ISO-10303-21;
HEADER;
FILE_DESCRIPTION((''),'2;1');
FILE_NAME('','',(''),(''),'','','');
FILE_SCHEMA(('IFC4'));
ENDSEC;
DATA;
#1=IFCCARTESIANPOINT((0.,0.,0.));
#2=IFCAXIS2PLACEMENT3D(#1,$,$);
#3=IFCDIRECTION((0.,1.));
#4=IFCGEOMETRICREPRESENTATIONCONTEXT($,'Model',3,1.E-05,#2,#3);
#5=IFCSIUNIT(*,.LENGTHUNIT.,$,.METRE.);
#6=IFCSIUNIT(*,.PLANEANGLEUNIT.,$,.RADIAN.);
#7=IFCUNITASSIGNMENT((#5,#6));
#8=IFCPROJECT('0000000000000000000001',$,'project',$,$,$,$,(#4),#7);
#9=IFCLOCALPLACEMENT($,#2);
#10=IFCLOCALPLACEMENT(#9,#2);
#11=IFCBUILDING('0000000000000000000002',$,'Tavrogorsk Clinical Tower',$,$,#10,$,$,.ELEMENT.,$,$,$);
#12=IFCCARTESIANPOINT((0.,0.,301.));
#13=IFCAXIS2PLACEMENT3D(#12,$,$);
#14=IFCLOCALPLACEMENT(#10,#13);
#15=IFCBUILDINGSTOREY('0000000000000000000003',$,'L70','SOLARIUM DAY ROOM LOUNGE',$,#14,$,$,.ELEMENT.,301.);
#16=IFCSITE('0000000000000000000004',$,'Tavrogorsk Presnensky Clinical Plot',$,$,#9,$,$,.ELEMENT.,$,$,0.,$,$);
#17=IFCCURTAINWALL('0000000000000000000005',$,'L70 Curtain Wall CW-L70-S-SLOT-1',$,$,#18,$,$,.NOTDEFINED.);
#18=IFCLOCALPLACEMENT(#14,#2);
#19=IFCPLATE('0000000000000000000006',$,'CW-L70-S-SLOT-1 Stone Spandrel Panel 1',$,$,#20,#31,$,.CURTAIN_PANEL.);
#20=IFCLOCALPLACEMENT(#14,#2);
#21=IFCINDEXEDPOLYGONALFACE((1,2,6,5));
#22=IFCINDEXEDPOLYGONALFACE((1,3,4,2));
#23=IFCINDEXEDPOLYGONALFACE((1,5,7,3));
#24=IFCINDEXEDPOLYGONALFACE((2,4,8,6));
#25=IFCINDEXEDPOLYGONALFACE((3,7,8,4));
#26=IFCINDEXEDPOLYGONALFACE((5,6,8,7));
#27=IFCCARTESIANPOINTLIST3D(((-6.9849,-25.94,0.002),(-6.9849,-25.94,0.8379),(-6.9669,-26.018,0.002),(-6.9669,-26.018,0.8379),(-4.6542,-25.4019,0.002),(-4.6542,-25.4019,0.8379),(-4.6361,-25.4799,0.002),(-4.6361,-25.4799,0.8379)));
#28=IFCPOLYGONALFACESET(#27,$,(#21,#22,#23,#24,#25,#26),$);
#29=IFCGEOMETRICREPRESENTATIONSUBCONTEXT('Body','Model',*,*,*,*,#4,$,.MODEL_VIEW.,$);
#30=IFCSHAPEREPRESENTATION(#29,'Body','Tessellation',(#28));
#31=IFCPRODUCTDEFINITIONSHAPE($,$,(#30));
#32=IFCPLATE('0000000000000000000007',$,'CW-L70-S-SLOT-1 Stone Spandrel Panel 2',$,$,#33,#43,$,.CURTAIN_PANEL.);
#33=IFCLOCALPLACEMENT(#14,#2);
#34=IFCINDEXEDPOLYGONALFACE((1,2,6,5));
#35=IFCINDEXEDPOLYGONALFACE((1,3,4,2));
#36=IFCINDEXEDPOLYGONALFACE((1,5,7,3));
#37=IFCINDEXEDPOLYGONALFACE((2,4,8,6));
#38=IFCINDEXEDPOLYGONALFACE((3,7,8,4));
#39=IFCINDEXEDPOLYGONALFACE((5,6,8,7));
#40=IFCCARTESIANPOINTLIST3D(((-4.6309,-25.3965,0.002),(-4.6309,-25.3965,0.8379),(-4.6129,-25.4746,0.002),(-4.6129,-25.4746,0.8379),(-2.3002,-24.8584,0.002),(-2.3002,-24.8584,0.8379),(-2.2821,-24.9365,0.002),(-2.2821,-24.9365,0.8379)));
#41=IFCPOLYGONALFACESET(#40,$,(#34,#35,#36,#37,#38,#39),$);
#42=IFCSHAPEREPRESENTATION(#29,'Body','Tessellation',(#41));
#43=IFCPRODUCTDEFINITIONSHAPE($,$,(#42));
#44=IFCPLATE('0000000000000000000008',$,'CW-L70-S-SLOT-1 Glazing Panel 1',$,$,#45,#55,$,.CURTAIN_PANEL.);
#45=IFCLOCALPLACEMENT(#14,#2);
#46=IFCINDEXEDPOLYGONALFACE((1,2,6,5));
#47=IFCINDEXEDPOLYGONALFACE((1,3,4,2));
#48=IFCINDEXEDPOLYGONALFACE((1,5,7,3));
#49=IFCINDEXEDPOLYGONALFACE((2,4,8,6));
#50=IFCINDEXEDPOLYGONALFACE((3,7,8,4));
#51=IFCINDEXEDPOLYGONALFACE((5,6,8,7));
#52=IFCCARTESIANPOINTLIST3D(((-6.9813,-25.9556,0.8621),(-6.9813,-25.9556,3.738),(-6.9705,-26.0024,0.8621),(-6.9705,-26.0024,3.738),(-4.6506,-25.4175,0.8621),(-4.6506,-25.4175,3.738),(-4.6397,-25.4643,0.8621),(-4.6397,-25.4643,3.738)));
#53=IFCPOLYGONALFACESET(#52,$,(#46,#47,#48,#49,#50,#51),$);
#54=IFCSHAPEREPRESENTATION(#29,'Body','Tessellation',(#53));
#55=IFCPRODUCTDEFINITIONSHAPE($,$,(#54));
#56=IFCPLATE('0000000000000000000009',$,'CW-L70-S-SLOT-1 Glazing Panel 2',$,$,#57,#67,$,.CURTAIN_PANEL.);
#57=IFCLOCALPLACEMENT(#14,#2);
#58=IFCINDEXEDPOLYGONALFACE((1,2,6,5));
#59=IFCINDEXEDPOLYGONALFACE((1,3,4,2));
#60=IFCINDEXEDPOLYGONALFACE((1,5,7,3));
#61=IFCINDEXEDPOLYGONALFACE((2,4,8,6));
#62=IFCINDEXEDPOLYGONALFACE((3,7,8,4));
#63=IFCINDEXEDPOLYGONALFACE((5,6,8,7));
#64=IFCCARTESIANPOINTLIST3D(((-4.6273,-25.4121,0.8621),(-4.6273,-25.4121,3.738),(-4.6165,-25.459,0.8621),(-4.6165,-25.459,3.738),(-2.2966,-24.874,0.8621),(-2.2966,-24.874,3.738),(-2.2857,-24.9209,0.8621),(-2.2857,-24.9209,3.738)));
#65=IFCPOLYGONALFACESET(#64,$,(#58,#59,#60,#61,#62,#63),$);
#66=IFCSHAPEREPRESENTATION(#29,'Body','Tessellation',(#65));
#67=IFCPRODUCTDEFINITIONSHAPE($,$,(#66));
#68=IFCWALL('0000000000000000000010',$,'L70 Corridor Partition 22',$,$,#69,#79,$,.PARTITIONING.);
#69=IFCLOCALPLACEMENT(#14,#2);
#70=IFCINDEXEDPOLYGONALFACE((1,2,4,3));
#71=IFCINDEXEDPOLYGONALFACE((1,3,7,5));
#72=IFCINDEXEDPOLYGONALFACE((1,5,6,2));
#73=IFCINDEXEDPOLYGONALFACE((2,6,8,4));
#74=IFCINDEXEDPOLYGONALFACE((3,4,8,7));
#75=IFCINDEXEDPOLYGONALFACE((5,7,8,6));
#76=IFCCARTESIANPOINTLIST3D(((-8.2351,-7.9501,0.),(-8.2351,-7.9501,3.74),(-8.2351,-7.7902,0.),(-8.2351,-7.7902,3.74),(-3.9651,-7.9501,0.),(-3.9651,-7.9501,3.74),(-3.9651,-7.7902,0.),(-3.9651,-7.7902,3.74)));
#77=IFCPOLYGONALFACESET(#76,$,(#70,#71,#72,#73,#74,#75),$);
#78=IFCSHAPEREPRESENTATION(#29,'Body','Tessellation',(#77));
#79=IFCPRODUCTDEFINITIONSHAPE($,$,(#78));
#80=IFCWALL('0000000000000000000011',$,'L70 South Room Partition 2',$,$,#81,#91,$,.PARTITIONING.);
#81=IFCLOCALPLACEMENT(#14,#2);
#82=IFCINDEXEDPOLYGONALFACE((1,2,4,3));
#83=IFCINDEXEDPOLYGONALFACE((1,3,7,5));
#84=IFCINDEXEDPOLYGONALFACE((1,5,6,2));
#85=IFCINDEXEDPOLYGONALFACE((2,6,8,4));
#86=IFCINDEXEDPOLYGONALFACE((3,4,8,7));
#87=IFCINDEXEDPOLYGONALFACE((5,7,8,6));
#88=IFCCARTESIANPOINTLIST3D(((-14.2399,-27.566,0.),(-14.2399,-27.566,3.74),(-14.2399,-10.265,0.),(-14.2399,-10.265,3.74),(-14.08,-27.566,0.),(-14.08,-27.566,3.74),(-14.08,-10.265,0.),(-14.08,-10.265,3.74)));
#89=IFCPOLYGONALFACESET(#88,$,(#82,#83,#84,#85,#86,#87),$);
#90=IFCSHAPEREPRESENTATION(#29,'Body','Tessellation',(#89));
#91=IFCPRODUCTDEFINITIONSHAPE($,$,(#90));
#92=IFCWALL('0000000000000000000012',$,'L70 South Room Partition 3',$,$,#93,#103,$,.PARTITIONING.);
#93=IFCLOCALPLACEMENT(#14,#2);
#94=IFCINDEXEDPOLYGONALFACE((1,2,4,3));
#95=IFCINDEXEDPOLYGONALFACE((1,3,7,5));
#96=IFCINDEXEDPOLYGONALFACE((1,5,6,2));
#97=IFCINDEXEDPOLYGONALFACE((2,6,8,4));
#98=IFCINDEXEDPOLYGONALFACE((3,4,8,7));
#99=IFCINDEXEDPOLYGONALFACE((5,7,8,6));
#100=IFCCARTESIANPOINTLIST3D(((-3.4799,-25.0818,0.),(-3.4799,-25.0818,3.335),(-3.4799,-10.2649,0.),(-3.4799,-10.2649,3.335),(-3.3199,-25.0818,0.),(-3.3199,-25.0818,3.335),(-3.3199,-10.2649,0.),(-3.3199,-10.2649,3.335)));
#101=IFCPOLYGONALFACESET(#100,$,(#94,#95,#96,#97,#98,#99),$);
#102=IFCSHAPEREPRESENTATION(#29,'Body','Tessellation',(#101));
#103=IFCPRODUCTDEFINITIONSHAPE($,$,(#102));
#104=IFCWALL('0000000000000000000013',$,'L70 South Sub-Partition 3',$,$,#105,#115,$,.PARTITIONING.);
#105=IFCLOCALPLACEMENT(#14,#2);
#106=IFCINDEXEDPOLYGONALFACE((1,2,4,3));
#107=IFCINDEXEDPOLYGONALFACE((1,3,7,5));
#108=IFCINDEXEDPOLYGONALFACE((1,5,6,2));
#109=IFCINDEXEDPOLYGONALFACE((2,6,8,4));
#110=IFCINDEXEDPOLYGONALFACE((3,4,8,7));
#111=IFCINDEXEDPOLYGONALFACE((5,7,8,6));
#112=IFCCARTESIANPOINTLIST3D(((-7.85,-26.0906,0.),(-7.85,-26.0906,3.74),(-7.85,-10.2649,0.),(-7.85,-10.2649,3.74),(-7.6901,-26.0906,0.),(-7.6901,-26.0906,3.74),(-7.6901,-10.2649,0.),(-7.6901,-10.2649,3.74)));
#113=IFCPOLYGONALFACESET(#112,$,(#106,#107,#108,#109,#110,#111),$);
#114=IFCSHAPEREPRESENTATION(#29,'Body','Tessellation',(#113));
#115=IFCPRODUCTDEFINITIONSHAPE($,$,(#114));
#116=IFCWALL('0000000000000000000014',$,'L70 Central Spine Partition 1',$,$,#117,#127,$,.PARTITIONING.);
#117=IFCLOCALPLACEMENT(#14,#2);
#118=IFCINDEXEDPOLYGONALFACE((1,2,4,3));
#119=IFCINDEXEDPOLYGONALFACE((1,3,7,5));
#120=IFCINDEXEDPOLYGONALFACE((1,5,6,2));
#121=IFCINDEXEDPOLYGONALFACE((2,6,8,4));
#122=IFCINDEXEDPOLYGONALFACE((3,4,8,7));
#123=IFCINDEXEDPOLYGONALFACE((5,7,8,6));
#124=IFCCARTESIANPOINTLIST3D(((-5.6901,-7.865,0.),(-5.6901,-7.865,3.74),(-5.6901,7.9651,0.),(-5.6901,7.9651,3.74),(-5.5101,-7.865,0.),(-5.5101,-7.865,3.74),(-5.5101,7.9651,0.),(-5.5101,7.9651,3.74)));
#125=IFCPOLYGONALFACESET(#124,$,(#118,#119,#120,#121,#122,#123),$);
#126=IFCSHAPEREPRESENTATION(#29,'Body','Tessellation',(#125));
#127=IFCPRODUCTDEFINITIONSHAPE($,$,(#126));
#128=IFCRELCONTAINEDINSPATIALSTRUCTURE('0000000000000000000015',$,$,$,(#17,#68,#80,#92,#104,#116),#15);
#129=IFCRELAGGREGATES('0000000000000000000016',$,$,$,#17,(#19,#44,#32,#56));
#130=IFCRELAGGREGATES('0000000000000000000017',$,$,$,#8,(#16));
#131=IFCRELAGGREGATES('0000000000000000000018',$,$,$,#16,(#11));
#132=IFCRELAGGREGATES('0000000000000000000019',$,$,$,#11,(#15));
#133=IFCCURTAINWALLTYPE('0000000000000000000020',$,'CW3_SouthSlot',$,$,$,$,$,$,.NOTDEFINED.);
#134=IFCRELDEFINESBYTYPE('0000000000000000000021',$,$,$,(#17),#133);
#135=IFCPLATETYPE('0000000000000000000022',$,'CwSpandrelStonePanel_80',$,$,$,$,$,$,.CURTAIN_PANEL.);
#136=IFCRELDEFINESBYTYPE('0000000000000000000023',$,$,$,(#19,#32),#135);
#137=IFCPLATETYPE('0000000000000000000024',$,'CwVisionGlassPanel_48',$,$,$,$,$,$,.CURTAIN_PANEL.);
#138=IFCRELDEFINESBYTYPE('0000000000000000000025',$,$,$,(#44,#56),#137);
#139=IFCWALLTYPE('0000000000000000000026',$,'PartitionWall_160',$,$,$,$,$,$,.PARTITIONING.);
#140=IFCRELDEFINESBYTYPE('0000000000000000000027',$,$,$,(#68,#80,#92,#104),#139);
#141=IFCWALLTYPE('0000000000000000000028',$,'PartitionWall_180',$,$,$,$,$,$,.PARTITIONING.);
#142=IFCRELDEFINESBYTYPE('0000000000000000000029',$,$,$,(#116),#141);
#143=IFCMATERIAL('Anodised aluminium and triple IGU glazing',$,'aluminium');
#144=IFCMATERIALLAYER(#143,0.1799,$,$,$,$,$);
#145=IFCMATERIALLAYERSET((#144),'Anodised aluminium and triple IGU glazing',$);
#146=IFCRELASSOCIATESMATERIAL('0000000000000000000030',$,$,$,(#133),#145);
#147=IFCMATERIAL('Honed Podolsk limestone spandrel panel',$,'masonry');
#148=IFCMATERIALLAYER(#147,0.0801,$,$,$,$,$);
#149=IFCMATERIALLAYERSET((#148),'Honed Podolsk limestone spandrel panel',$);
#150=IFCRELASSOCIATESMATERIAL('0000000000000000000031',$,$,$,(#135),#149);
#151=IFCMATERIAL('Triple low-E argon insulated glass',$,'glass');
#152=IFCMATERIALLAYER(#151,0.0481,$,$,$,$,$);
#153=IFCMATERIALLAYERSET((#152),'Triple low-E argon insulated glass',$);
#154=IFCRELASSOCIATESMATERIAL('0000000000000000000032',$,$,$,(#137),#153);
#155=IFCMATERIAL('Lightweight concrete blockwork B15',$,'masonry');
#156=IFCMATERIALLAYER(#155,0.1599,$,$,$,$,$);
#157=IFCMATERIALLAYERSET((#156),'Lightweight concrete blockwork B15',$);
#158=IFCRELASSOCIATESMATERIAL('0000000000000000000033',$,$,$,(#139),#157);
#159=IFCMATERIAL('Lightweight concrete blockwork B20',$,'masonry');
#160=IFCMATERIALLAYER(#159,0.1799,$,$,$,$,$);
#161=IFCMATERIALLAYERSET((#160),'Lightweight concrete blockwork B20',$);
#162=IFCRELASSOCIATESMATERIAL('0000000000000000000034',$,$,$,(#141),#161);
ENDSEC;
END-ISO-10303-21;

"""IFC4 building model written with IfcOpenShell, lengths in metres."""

from ifc_helpers import new_model, si_unit, direction, frame, frame_2d, origin, origin_2d, place, context, subcontext, project, spatial, rectangle, extrude, material, layer, layer_set, type_object, element, aggregate, save


model = new_model("IFC4")

# Units and contexts
model_context = context("Model", 3, precision=1e-05, world=origin(), true_north=direction((0.0, 1.0)))
body_context = subcontext(model_context, "Body", "Model", "MODEL_VIEW")
ifc_project = project(units=[si_unit("LENGTHUNIT", "METRE"), si_unit("PLANEANGLEUNIT", "RADIAN")], contexts=[model_context])

# Site, building, storey
site_placement = place(None, origin())
site = spatial("IfcSite", under=ifc_project, at=site_placement, Name="Tavrogorsk Presnensky Clinical Plot", CompositionType="ELEMENT", RefElevation=0.0)
building_placement = place(site_placement, origin())
building = spatial("IfcBuilding", under=site, at=building_placement, Name="Tavrogorsk Clinical Tower", CompositionType="ELEMENT")
storey_placement = place(building_placement, frame((0.0, 0.0, 301.0)))
storey = spatial("IfcBuildingStorey", under=building, at=storey_placement, Name="L70", Description="SOLARIUM DAY ROOM LOUNGE", CompositionType="ELEMENT", Elevation=301.0)

# Curtain wall
ifc_material_1 = material(Name="Anodised aluminium and triple IGU glazing", Category="aluminium")
ifc_layer_1 = layer(ifc_material_1, 0.1799)
ifc_layer_set_1 = layer_set([ifc_layer_1], Name="Anodised aluminium and triple IGU glazing")
curtain_wall_type = type_object("IfcCurtainWallType", Name="CW3_SouthSlot", PredefinedType="NOTDEFINED", material=ifc_layer_set_1)
curtain_wall_placement = place(storey_placement, origin())
curtain_wall = element("IfcCurtainWall", 1, at=curtain_wall_placement, inside=storey, type_object=curtain_wall_type, Name="L70 Curtain Wall CW-L70-S-SLOT-1", PredefinedType="NOTDEFINED")

# Plates
ifc_material_2 = material(Name="Honed Podolsk limestone spandrel panel", Category="masonry")
ifc_layer_2 = layer(ifc_material_2, 0.0801)
ifc_layer_set_2 = layer_set([ifc_layer_2], Name="Honed Podolsk limestone spandrel panel")
plate_type_1 = type_object("IfcPlateType", Name="CwSpandrelStonePanel_80", PredefinedType="CURTAIN_PANEL", material=ifc_layer_set_2)
plate_1_placement = place(storey_placement, frame((-5.8105, -25.71, 0.002), z_axis=(0.0, 0.0, 1.0), x_axis=(0.97437, 0.224951, 0.0)))
plate_1 = element("IfcPlate", 2, at=plate_1_placement, type_object=plate_type_1, Name="CW-L70-S-SLOT-1 Stone Spandrel Panel 1", PredefinedType="CURTAIN_PANEL", context=body_context, shape_type="SweptSolid", body=[
    extrude(rectangle(XDim=2.3921, YDim=0.0801, at=origin_2d()), origin(), (0.0, 0.0, 1.0), 0.8359),
])
plate_2_placement = place(storey_placement, frame((-3.4565, -25.1665, 0.002), z_axis=(0.0, 0.0, 1.0), x_axis=(0.97437, 0.224951, 0.0)))
plate_2 = element("IfcPlate", 3, at=plate_2_placement, type_object=plate_type_1, Name="CW-L70-S-SLOT-1 Stone Spandrel Panel 2", PredefinedType="CURTAIN_PANEL", context=body_context, shape_type="SweptSolid", body=[
    extrude(rectangle(XDim=2.3921, YDim=0.0801, at=origin_2d()), origin(), (0.0, 0.0, 1.0), 0.8359),
])
ifc_material_3 = material(Name="Triple low-E argon insulated glass", Category="glass")
ifc_layer_3 = layer(ifc_material_3, 0.0481)
ifc_layer_set_3 = layer_set([ifc_layer_3], Name="Triple low-E argon insulated glass")
plate_type_2 = type_object("IfcPlateType", Name="CwVisionGlassPanel_48", PredefinedType="CURTAIN_PANEL", material=ifc_layer_set_3)
plate_3_placement = place(storey_placement, frame((-5.8105, -25.71, 0.8621), z_axis=(0.0, 0.0, 1.0), x_axis=(0.97437, 0.224951, 0.0)))
plate_3 = element("IfcPlate", 4, at=plate_3_placement, type_object=plate_type_2, Name="CW-L70-S-SLOT-1 Glazing Panel 1", PredefinedType="CURTAIN_PANEL", context=body_context, shape_type="SweptSolid", body=[
    extrude(rectangle(XDim=2.3921, YDim=0.0481, at=origin_2d()), origin(), (0.0, 0.0, 1.0), 2.876),
])
plate_4_placement = place(storey_placement, frame((-3.4565, -25.1665, 0.8621), z_axis=(0.0, 0.0, 1.0), x_axis=(0.97437, 0.224951, 0.0)))
plate_4 = element("IfcPlate", 5, at=plate_4_placement, type_object=plate_type_2, Name="CW-L70-S-SLOT-1 Glazing Panel 2", PredefinedType="CURTAIN_PANEL", context=body_context, shape_type="SweptSolid", body=[
    extrude(rectangle(XDim=2.3921, YDim=0.0481, at=origin_2d()), origin(), (0.0, 0.0, 1.0), 2.876),
])
aggregate(curtain_wall, [plate_1, plate_3, plate_2, plate_4])

# Walls
ifc_material_4 = material(Name="Lightweight concrete blockwork B15", Category="masonry")
ifc_layer_4 = layer(ifc_material_4, 0.1599)
ifc_layer_set_4 = layer_set([ifc_layer_4], Name="Lightweight concrete blockwork B15")
wall_type_1 = type_object("IfcWallType", Name="PartitionWall_160", PredefinedType="PARTITIONING", material=ifc_layer_set_4)
wall_1_placement = place(storey_placement, frame((-8.2351, -7.8701, 0.0), z_axis=(0.0, 0.0, 1.0), x_axis=(1.0, 0.0, 0.0)))
element("IfcWall", 6, at=wall_1_placement, inside=storey, type_object=wall_type_1, Name="L70 Corridor Partition 22", PredefinedType="PARTITIONING", context=body_context, shape_type="SweptSolid", body=[
    extrude(rectangle(XDim=4.27, YDim=0.1599, at=frame_2d((2.135, 0.0))), origin(), (0.0, 0.0, 1.0), 3.74),
])
wall_2_placement = place(storey_placement, frame((-14.1599, -27.5659, 0.0), z_axis=(0.0, 0.0, 1.0), x_axis=(0.0, 1.0, 0.0)))
element("IfcWall", 7, at=wall_2_placement, inside=storey, type_object=wall_type_1, Name="L70 South Room Partition 2", PredefinedType="PARTITIONING", context=body_context, shape_type="SweptSolid", body=[
    extrude(rectangle(XDim=17.301, YDim=0.1599, at=frame_2d((8.6504, 0.0))), origin(), (0.0, 0.0, 1.0), 3.74),
])
wall_3_placement = place(storey_placement, frame((-3.3999, -25.0818, 0.0), z_axis=(0.0, 0.0, 1.0), x_axis=(0.0, 1.0, 0.0)))
element("IfcWall", 8, at=wall_3_placement, inside=storey, type_object=wall_type_1, Name="L70 South Room Partition 3", PredefinedType="PARTITIONING", context=body_context, shape_type="SweptSolid", body=[
    extrude(rectangle(XDim=14.8169, YDim=0.1599, at=frame_2d((7.4084, 0.0))), origin(), (0.0, 0.0, 1.0), 3.335),
])
wall_4_placement = place(storey_placement, frame((-7.77, -26.0906, 0.0), z_axis=(0.0, 0.0, 1.0), x_axis=(0.0, 1.0, 0.0)))
element("IfcWall", 9, at=wall_4_placement, inside=storey, type_object=wall_type_1, Name="L70 South Sub-Partition 3", PredefinedType="PARTITIONING", context=body_context, shape_type="SweptSolid", body=[
    extrude(rectangle(XDim=15.8257, YDim=0.1599, at=frame_2d((7.9128, 0.0))), origin(), (0.0, 0.0, 1.0), 3.74),
])
ifc_material_5 = material(Name="Lightweight concrete blockwork B20", Category="masonry")
ifc_layer_5 = layer(ifc_material_5, 0.1799)
ifc_layer_set_5 = layer_set([ifc_layer_5], Name="Lightweight concrete blockwork B20")
wall_type_2 = type_object("IfcWallType", Name="PartitionWall_180", PredefinedType="PARTITIONING", material=ifc_layer_set_5)
wall_5_placement = place(storey_placement, frame((-5.6001, -7.865, 0.0), z_axis=(0.0, 0.0, 1.0), x_axis=(0.0, 1.0, 0.0)))
element("IfcWall", 10, at=wall_5_placement, inside=storey, type_object=wall_type_2, Name="L70 Central Spine Partition 1", PredefinedType="PARTITIONING", context=body_context, shape_type="SweptSolid", body=[
    extrude(rectangle(XDim=15.8301, YDim=0.1799, at=frame_2d((7.915, 0.0))), origin(), (0.0, 0.0, 1.0), 3.74),
])

save(model, "model.ifc")
